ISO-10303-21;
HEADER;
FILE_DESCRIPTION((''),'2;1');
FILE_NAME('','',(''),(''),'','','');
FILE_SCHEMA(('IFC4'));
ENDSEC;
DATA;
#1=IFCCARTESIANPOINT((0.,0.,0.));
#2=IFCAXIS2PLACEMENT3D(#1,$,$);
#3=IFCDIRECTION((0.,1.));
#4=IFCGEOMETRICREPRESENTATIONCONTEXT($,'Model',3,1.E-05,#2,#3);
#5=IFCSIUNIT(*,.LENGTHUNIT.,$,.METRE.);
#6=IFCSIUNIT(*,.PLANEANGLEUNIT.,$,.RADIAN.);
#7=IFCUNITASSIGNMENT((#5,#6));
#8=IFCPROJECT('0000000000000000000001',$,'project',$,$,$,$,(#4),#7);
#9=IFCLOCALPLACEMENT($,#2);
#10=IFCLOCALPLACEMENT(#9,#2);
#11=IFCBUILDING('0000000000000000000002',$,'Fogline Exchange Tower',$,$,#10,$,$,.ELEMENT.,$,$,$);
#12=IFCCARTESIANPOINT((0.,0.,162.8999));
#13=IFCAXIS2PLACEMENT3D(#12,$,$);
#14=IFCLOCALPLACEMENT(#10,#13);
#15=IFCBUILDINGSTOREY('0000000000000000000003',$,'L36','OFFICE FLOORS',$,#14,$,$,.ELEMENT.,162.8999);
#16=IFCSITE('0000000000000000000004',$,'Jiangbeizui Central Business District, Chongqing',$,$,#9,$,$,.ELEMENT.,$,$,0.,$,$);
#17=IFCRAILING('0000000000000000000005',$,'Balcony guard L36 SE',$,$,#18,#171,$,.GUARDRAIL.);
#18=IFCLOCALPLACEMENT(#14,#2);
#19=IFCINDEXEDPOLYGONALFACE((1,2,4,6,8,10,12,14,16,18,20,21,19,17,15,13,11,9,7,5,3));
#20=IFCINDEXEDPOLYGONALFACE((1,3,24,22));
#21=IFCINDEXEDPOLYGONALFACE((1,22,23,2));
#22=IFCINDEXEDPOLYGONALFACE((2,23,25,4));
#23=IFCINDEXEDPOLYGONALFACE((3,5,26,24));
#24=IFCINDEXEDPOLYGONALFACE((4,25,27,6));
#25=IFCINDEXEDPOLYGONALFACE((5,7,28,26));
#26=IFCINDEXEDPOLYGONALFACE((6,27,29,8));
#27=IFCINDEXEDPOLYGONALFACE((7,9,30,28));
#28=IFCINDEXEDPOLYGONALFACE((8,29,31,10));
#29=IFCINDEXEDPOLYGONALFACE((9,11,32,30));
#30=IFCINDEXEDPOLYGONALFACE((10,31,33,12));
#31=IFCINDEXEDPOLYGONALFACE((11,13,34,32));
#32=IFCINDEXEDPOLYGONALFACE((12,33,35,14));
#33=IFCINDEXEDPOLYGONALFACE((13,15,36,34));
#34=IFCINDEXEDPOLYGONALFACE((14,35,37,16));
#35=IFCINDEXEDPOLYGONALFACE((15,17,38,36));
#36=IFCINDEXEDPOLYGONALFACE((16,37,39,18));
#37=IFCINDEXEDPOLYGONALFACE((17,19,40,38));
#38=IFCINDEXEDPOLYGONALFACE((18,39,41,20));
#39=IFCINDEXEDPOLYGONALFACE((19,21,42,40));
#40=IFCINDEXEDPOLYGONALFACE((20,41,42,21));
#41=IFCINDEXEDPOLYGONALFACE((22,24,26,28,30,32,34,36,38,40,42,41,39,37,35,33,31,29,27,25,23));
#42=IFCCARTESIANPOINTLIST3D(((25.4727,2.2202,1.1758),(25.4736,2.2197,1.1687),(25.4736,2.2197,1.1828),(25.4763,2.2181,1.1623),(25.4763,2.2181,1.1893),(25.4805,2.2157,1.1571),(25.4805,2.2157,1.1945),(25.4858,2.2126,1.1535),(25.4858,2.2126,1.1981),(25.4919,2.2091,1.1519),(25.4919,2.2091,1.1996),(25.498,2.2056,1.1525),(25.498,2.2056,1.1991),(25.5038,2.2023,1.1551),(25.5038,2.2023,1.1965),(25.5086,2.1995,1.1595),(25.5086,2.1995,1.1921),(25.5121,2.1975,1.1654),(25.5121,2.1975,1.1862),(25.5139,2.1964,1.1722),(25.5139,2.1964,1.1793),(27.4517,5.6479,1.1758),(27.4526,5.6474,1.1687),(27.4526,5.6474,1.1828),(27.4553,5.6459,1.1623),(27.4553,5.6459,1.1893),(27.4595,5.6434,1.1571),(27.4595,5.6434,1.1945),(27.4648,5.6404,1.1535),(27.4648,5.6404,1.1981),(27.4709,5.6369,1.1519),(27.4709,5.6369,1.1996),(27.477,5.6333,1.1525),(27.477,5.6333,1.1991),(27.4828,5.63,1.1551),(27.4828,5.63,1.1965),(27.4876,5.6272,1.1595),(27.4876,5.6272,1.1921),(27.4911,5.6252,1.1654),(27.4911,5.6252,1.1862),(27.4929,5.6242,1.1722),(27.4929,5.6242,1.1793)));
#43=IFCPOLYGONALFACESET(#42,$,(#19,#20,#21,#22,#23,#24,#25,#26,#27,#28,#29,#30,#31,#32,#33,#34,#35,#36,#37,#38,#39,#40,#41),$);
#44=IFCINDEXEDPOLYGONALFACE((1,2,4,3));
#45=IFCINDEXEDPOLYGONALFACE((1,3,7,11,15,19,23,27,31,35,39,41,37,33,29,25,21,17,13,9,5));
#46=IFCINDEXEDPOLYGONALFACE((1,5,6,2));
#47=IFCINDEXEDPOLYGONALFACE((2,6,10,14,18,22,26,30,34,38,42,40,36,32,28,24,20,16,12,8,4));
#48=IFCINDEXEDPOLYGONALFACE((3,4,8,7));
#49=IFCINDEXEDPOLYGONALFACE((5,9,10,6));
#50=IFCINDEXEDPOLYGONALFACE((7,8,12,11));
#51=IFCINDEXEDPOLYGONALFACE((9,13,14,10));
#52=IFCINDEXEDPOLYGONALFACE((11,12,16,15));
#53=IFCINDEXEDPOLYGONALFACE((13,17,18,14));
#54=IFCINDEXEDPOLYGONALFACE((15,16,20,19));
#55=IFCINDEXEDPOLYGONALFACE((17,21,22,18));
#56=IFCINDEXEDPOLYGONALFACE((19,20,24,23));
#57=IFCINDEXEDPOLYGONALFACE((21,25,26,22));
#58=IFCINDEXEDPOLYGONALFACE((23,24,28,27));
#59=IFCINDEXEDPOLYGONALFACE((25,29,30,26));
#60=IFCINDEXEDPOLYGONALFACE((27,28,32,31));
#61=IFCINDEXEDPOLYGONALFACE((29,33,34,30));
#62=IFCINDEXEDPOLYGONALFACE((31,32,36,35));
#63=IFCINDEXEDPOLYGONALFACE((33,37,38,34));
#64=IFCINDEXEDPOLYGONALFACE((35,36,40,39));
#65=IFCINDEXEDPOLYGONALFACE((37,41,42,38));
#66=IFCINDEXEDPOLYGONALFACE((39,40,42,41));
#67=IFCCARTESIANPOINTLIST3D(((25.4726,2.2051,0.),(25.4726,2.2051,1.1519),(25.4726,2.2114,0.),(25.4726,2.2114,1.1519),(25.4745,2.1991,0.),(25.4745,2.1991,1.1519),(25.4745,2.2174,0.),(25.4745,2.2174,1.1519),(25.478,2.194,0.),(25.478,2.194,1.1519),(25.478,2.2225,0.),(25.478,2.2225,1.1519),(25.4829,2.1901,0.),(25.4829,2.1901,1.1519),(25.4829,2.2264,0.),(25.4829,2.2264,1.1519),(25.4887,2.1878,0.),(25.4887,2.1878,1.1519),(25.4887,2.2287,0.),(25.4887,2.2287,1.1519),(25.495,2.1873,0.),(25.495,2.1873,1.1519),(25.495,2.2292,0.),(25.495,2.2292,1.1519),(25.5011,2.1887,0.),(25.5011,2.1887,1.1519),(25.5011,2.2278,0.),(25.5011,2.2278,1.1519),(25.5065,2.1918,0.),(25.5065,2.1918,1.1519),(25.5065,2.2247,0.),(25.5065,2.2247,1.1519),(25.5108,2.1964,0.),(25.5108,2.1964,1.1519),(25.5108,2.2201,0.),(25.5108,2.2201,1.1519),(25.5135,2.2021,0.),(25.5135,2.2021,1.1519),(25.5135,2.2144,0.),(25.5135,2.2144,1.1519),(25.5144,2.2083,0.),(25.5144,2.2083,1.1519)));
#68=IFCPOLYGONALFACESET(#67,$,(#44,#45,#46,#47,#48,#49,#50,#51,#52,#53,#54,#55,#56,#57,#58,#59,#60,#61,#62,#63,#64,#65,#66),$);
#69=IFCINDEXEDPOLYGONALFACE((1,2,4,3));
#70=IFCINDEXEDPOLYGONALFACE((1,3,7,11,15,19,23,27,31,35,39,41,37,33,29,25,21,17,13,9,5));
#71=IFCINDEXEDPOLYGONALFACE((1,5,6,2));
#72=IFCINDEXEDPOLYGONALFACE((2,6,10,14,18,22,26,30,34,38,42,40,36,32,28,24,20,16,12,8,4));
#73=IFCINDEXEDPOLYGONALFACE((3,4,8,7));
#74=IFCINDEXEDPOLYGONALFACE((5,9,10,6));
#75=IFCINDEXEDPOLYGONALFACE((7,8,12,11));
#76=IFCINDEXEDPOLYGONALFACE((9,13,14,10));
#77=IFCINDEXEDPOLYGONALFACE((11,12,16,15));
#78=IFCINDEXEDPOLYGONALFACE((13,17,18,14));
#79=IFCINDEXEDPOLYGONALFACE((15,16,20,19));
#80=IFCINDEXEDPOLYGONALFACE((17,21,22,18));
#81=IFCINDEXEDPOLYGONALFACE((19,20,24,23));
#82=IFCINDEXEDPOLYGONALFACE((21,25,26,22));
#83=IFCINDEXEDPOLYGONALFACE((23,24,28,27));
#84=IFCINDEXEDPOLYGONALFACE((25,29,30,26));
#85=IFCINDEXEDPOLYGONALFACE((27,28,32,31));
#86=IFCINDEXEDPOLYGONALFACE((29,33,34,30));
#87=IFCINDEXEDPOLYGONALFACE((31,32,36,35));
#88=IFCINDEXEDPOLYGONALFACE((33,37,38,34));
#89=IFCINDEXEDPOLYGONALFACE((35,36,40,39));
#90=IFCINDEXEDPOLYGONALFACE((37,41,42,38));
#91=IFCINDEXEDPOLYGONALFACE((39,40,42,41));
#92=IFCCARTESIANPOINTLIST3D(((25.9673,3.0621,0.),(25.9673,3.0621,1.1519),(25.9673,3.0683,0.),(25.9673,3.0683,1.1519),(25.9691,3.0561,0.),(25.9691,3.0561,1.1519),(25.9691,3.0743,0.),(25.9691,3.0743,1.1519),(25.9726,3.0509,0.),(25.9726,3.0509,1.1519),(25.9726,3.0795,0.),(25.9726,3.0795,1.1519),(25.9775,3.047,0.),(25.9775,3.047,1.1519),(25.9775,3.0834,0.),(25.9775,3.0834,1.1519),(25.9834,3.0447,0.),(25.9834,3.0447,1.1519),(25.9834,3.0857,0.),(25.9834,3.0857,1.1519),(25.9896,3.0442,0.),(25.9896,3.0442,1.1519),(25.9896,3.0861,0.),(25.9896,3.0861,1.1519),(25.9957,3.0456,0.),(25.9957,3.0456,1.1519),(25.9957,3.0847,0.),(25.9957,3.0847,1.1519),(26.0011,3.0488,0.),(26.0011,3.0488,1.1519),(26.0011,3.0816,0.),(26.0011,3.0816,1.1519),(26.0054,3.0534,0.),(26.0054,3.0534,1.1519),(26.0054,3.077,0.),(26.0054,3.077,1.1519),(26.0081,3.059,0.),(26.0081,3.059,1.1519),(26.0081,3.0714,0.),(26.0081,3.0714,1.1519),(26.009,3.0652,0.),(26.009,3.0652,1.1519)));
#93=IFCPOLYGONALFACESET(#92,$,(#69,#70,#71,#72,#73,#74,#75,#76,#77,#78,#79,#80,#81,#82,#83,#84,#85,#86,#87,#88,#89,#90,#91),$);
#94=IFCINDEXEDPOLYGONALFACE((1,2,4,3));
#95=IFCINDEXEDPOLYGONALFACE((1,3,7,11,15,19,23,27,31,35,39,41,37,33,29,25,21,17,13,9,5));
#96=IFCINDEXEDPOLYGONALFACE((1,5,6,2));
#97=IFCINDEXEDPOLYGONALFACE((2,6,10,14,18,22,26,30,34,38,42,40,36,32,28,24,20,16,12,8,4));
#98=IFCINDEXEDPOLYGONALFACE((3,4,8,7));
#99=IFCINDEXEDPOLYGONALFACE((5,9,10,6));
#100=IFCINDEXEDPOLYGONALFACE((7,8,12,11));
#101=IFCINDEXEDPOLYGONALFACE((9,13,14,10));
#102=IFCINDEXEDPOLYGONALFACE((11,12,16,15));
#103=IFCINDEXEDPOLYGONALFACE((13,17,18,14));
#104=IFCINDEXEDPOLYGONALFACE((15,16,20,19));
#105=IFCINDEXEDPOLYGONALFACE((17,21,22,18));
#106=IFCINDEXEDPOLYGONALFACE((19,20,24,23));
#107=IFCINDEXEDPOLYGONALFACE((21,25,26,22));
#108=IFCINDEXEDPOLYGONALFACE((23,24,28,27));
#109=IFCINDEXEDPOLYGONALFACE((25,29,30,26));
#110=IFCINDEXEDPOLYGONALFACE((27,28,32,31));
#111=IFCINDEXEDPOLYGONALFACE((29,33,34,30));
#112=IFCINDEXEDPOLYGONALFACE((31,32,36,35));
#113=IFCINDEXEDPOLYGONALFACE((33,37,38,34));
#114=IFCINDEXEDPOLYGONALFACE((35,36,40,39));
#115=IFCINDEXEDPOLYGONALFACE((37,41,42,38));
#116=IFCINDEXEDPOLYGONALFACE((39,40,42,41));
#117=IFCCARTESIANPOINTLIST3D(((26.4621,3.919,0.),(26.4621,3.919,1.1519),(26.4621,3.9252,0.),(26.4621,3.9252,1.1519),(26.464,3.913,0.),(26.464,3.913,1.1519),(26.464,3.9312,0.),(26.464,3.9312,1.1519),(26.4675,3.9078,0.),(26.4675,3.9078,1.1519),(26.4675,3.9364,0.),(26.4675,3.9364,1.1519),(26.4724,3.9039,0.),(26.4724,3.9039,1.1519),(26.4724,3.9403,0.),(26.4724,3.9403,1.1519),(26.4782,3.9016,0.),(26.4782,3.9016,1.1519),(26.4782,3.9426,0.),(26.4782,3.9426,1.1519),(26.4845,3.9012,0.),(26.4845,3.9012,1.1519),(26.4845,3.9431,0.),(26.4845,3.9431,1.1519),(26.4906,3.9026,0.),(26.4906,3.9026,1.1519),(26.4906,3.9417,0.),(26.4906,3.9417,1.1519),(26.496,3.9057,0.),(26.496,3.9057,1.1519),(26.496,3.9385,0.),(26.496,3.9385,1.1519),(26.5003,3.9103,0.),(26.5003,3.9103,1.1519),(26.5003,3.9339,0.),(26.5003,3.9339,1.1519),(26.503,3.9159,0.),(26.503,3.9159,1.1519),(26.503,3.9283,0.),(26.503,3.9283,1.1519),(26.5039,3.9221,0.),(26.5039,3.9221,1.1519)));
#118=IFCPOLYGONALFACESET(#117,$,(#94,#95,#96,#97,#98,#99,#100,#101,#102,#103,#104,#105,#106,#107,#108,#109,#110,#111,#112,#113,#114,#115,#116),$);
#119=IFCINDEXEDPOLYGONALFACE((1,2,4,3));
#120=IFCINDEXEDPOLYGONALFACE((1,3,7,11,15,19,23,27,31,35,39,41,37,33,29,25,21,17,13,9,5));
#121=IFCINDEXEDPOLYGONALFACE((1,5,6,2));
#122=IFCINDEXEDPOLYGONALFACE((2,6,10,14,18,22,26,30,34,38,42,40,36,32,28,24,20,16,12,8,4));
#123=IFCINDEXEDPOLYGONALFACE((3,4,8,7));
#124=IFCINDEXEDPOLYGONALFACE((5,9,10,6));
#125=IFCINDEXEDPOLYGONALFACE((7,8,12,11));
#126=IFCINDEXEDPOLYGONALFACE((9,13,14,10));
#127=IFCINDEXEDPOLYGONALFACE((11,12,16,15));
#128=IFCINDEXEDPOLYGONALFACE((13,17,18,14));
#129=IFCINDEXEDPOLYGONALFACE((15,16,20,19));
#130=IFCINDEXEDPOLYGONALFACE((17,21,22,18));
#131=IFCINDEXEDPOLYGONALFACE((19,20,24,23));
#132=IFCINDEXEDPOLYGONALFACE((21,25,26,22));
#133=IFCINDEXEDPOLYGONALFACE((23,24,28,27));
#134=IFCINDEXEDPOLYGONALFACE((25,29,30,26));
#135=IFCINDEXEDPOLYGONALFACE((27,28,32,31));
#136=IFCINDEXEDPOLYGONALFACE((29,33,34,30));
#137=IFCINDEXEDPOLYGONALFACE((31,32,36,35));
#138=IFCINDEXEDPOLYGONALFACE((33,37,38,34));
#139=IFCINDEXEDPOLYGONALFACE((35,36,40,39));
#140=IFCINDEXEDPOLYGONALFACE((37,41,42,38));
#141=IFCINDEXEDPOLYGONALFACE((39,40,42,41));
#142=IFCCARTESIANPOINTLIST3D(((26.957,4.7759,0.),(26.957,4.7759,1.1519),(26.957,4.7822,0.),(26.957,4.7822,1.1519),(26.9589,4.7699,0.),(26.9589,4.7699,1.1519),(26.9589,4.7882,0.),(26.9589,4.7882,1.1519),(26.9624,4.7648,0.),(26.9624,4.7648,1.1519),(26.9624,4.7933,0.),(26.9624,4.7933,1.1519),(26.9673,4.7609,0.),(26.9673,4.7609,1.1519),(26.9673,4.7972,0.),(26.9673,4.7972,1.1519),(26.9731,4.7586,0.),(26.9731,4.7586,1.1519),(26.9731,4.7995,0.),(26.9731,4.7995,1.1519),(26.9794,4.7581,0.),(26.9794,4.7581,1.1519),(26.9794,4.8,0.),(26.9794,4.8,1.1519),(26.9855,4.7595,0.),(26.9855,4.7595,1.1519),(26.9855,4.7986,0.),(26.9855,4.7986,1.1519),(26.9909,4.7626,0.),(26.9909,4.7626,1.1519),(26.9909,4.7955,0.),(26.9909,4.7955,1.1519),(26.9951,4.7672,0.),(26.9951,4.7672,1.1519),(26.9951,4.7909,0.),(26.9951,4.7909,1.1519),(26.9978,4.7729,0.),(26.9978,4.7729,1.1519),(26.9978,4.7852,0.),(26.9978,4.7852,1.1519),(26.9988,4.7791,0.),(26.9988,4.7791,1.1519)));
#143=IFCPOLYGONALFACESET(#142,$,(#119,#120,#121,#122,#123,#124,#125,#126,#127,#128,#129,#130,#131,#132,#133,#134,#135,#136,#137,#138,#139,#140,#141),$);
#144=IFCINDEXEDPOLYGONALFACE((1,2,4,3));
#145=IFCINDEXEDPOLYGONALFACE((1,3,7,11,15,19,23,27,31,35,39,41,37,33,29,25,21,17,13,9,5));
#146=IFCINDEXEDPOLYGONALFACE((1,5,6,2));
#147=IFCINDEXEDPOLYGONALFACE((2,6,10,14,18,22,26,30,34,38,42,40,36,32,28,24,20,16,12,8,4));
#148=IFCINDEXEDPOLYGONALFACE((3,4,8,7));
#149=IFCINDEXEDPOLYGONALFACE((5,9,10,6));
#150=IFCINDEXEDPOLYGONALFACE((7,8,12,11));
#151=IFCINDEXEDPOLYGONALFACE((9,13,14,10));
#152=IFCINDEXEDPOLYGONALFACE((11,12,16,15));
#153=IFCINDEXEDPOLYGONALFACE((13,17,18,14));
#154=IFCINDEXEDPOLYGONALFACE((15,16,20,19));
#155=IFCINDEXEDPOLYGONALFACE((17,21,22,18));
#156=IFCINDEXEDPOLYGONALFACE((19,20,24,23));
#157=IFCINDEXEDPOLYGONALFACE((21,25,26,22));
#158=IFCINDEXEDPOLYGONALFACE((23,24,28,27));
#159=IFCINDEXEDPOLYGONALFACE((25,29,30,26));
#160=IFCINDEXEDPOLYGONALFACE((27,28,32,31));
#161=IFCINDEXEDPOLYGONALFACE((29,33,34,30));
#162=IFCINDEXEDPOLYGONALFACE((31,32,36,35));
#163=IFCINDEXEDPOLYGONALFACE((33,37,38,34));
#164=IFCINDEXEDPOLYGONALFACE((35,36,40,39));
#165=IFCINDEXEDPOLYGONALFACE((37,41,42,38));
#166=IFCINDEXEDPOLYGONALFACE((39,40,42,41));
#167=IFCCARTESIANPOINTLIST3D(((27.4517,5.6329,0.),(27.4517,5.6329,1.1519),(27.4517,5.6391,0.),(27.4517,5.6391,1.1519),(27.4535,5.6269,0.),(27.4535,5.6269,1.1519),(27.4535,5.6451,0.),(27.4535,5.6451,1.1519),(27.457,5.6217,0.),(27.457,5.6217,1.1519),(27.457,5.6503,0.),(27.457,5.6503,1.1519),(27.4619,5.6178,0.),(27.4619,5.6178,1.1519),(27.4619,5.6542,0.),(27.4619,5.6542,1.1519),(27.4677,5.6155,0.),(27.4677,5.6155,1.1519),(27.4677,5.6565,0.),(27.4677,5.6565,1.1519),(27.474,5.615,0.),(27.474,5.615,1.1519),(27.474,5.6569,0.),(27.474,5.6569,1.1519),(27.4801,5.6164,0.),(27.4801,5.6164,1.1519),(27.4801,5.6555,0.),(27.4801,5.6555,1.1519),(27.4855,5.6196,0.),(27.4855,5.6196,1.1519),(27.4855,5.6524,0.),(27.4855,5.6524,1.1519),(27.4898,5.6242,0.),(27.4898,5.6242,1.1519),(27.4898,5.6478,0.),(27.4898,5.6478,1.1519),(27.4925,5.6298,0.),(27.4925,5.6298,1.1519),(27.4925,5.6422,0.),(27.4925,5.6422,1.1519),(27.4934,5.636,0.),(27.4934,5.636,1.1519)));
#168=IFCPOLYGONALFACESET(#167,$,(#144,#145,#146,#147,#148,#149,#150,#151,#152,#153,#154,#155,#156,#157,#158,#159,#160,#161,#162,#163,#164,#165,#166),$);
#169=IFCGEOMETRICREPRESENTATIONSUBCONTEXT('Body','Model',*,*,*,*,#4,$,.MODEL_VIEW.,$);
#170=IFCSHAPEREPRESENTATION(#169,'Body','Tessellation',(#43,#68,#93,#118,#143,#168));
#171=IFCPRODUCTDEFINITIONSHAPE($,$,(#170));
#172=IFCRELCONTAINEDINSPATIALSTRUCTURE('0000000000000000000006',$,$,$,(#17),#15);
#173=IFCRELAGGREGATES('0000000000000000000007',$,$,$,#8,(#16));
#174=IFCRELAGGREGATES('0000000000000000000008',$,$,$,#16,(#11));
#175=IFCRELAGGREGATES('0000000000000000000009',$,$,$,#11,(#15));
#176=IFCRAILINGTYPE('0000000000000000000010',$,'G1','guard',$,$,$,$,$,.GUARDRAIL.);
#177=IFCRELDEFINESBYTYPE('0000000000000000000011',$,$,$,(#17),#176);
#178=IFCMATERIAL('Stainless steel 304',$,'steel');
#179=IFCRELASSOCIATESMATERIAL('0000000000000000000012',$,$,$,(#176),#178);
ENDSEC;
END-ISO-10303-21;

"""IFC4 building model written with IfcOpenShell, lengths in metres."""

from ifc_helpers import new_model, si_unit, direction, frame, origin, origin_2d, place, context, subcontext, project, spatial, circle, extrude, material, type_object, element, save


model = new_model("IFC4")

# Units and contexts
model_context = context("Model", 3, precision=1e-05, world=origin(), true_north=direction((0.0, 1.0)))
body_context = subcontext(model_context, "Body", "Model", "MODEL_VIEW")
ifc_project = project(units=[si_unit("LENGTHUNIT", "METRE"), si_unit("PLANEANGLEUNIT", "RADIAN")], contexts=[model_context])

# Site, building, storey
site_placement = place(None, origin())
site = spatial("IfcSite", under=ifc_project, at=site_placement, Name="Jiangbeizui Central Business District, Chongqing", CompositionType="ELEMENT", RefElevation=0.0)
building_placement = place(site_placement, origin())
building = spatial("IfcBuilding", under=site, at=building_placement, Name="Fogline Exchange Tower", CompositionType="ELEMENT")
storey_placement = place(building_placement, frame((0.0, 0.0, 162.8999)))
storey = spatial("IfcBuildingStorey", under=building, at=storey_placement, Name="L36", Description="OFFICE FLOORS", CompositionType="ELEMENT", Elevation=162.8999)

# Railing
ifc_material_1 = material(Name="Stainless steel 304", Category="steel")
railing_type = type_object("IfcRailingType", Name="G1", Description="guard", PredefinedType="GUARDRAIL", material=ifc_material_1)
railing_placement = place(storey_placement, frame((25.4934, 2.2083, 0.0)))
element("IfcRailing", 1, at=railing_placement, inside=storey, type_object=railing_type, Name="Balcony guard L36 SE", PredefinedType="GUARDRAIL", context=body_context, shape_type="SweptSolid", body=[
    extrude(circle(Radius=0.0239, at=origin_2d()), frame((0.0, 0.0, 1.1758), z_axis=(0.5, 0.866025, 0.0), x_axis=(-0.866025, 0.5, 0.0)), (0.0, 0.0, 1.0), 3.958),
    extrude(circle(Radius=0.021, at=origin_2d()), origin(), (0.0, 0.0, 1.0), 1.1519),
    extrude(circle(Radius=0.021, at=origin_2d()), frame((0.4946, 0.8569, 0.0)), (0.0, 0.0, 1.0), 1.1519),
    extrude(circle(Radius=0.021, at=origin_2d()), frame((0.9895, 1.7139, 0.0)), (0.0, 0.0, 1.0), 1.1519),
    extrude(circle(Radius=0.021, at=origin_2d()), frame((1.4844, 2.5708, 0.0)), (0.0, 0.0, 1.0), 1.1519),
    extrude(circle(Radius=0.021, at=origin_2d()), frame((1.979, 3.4277, 0.0)), (0.0, 0.0, 1.0), 1.1519),
])

save(model, "model.ifc")
